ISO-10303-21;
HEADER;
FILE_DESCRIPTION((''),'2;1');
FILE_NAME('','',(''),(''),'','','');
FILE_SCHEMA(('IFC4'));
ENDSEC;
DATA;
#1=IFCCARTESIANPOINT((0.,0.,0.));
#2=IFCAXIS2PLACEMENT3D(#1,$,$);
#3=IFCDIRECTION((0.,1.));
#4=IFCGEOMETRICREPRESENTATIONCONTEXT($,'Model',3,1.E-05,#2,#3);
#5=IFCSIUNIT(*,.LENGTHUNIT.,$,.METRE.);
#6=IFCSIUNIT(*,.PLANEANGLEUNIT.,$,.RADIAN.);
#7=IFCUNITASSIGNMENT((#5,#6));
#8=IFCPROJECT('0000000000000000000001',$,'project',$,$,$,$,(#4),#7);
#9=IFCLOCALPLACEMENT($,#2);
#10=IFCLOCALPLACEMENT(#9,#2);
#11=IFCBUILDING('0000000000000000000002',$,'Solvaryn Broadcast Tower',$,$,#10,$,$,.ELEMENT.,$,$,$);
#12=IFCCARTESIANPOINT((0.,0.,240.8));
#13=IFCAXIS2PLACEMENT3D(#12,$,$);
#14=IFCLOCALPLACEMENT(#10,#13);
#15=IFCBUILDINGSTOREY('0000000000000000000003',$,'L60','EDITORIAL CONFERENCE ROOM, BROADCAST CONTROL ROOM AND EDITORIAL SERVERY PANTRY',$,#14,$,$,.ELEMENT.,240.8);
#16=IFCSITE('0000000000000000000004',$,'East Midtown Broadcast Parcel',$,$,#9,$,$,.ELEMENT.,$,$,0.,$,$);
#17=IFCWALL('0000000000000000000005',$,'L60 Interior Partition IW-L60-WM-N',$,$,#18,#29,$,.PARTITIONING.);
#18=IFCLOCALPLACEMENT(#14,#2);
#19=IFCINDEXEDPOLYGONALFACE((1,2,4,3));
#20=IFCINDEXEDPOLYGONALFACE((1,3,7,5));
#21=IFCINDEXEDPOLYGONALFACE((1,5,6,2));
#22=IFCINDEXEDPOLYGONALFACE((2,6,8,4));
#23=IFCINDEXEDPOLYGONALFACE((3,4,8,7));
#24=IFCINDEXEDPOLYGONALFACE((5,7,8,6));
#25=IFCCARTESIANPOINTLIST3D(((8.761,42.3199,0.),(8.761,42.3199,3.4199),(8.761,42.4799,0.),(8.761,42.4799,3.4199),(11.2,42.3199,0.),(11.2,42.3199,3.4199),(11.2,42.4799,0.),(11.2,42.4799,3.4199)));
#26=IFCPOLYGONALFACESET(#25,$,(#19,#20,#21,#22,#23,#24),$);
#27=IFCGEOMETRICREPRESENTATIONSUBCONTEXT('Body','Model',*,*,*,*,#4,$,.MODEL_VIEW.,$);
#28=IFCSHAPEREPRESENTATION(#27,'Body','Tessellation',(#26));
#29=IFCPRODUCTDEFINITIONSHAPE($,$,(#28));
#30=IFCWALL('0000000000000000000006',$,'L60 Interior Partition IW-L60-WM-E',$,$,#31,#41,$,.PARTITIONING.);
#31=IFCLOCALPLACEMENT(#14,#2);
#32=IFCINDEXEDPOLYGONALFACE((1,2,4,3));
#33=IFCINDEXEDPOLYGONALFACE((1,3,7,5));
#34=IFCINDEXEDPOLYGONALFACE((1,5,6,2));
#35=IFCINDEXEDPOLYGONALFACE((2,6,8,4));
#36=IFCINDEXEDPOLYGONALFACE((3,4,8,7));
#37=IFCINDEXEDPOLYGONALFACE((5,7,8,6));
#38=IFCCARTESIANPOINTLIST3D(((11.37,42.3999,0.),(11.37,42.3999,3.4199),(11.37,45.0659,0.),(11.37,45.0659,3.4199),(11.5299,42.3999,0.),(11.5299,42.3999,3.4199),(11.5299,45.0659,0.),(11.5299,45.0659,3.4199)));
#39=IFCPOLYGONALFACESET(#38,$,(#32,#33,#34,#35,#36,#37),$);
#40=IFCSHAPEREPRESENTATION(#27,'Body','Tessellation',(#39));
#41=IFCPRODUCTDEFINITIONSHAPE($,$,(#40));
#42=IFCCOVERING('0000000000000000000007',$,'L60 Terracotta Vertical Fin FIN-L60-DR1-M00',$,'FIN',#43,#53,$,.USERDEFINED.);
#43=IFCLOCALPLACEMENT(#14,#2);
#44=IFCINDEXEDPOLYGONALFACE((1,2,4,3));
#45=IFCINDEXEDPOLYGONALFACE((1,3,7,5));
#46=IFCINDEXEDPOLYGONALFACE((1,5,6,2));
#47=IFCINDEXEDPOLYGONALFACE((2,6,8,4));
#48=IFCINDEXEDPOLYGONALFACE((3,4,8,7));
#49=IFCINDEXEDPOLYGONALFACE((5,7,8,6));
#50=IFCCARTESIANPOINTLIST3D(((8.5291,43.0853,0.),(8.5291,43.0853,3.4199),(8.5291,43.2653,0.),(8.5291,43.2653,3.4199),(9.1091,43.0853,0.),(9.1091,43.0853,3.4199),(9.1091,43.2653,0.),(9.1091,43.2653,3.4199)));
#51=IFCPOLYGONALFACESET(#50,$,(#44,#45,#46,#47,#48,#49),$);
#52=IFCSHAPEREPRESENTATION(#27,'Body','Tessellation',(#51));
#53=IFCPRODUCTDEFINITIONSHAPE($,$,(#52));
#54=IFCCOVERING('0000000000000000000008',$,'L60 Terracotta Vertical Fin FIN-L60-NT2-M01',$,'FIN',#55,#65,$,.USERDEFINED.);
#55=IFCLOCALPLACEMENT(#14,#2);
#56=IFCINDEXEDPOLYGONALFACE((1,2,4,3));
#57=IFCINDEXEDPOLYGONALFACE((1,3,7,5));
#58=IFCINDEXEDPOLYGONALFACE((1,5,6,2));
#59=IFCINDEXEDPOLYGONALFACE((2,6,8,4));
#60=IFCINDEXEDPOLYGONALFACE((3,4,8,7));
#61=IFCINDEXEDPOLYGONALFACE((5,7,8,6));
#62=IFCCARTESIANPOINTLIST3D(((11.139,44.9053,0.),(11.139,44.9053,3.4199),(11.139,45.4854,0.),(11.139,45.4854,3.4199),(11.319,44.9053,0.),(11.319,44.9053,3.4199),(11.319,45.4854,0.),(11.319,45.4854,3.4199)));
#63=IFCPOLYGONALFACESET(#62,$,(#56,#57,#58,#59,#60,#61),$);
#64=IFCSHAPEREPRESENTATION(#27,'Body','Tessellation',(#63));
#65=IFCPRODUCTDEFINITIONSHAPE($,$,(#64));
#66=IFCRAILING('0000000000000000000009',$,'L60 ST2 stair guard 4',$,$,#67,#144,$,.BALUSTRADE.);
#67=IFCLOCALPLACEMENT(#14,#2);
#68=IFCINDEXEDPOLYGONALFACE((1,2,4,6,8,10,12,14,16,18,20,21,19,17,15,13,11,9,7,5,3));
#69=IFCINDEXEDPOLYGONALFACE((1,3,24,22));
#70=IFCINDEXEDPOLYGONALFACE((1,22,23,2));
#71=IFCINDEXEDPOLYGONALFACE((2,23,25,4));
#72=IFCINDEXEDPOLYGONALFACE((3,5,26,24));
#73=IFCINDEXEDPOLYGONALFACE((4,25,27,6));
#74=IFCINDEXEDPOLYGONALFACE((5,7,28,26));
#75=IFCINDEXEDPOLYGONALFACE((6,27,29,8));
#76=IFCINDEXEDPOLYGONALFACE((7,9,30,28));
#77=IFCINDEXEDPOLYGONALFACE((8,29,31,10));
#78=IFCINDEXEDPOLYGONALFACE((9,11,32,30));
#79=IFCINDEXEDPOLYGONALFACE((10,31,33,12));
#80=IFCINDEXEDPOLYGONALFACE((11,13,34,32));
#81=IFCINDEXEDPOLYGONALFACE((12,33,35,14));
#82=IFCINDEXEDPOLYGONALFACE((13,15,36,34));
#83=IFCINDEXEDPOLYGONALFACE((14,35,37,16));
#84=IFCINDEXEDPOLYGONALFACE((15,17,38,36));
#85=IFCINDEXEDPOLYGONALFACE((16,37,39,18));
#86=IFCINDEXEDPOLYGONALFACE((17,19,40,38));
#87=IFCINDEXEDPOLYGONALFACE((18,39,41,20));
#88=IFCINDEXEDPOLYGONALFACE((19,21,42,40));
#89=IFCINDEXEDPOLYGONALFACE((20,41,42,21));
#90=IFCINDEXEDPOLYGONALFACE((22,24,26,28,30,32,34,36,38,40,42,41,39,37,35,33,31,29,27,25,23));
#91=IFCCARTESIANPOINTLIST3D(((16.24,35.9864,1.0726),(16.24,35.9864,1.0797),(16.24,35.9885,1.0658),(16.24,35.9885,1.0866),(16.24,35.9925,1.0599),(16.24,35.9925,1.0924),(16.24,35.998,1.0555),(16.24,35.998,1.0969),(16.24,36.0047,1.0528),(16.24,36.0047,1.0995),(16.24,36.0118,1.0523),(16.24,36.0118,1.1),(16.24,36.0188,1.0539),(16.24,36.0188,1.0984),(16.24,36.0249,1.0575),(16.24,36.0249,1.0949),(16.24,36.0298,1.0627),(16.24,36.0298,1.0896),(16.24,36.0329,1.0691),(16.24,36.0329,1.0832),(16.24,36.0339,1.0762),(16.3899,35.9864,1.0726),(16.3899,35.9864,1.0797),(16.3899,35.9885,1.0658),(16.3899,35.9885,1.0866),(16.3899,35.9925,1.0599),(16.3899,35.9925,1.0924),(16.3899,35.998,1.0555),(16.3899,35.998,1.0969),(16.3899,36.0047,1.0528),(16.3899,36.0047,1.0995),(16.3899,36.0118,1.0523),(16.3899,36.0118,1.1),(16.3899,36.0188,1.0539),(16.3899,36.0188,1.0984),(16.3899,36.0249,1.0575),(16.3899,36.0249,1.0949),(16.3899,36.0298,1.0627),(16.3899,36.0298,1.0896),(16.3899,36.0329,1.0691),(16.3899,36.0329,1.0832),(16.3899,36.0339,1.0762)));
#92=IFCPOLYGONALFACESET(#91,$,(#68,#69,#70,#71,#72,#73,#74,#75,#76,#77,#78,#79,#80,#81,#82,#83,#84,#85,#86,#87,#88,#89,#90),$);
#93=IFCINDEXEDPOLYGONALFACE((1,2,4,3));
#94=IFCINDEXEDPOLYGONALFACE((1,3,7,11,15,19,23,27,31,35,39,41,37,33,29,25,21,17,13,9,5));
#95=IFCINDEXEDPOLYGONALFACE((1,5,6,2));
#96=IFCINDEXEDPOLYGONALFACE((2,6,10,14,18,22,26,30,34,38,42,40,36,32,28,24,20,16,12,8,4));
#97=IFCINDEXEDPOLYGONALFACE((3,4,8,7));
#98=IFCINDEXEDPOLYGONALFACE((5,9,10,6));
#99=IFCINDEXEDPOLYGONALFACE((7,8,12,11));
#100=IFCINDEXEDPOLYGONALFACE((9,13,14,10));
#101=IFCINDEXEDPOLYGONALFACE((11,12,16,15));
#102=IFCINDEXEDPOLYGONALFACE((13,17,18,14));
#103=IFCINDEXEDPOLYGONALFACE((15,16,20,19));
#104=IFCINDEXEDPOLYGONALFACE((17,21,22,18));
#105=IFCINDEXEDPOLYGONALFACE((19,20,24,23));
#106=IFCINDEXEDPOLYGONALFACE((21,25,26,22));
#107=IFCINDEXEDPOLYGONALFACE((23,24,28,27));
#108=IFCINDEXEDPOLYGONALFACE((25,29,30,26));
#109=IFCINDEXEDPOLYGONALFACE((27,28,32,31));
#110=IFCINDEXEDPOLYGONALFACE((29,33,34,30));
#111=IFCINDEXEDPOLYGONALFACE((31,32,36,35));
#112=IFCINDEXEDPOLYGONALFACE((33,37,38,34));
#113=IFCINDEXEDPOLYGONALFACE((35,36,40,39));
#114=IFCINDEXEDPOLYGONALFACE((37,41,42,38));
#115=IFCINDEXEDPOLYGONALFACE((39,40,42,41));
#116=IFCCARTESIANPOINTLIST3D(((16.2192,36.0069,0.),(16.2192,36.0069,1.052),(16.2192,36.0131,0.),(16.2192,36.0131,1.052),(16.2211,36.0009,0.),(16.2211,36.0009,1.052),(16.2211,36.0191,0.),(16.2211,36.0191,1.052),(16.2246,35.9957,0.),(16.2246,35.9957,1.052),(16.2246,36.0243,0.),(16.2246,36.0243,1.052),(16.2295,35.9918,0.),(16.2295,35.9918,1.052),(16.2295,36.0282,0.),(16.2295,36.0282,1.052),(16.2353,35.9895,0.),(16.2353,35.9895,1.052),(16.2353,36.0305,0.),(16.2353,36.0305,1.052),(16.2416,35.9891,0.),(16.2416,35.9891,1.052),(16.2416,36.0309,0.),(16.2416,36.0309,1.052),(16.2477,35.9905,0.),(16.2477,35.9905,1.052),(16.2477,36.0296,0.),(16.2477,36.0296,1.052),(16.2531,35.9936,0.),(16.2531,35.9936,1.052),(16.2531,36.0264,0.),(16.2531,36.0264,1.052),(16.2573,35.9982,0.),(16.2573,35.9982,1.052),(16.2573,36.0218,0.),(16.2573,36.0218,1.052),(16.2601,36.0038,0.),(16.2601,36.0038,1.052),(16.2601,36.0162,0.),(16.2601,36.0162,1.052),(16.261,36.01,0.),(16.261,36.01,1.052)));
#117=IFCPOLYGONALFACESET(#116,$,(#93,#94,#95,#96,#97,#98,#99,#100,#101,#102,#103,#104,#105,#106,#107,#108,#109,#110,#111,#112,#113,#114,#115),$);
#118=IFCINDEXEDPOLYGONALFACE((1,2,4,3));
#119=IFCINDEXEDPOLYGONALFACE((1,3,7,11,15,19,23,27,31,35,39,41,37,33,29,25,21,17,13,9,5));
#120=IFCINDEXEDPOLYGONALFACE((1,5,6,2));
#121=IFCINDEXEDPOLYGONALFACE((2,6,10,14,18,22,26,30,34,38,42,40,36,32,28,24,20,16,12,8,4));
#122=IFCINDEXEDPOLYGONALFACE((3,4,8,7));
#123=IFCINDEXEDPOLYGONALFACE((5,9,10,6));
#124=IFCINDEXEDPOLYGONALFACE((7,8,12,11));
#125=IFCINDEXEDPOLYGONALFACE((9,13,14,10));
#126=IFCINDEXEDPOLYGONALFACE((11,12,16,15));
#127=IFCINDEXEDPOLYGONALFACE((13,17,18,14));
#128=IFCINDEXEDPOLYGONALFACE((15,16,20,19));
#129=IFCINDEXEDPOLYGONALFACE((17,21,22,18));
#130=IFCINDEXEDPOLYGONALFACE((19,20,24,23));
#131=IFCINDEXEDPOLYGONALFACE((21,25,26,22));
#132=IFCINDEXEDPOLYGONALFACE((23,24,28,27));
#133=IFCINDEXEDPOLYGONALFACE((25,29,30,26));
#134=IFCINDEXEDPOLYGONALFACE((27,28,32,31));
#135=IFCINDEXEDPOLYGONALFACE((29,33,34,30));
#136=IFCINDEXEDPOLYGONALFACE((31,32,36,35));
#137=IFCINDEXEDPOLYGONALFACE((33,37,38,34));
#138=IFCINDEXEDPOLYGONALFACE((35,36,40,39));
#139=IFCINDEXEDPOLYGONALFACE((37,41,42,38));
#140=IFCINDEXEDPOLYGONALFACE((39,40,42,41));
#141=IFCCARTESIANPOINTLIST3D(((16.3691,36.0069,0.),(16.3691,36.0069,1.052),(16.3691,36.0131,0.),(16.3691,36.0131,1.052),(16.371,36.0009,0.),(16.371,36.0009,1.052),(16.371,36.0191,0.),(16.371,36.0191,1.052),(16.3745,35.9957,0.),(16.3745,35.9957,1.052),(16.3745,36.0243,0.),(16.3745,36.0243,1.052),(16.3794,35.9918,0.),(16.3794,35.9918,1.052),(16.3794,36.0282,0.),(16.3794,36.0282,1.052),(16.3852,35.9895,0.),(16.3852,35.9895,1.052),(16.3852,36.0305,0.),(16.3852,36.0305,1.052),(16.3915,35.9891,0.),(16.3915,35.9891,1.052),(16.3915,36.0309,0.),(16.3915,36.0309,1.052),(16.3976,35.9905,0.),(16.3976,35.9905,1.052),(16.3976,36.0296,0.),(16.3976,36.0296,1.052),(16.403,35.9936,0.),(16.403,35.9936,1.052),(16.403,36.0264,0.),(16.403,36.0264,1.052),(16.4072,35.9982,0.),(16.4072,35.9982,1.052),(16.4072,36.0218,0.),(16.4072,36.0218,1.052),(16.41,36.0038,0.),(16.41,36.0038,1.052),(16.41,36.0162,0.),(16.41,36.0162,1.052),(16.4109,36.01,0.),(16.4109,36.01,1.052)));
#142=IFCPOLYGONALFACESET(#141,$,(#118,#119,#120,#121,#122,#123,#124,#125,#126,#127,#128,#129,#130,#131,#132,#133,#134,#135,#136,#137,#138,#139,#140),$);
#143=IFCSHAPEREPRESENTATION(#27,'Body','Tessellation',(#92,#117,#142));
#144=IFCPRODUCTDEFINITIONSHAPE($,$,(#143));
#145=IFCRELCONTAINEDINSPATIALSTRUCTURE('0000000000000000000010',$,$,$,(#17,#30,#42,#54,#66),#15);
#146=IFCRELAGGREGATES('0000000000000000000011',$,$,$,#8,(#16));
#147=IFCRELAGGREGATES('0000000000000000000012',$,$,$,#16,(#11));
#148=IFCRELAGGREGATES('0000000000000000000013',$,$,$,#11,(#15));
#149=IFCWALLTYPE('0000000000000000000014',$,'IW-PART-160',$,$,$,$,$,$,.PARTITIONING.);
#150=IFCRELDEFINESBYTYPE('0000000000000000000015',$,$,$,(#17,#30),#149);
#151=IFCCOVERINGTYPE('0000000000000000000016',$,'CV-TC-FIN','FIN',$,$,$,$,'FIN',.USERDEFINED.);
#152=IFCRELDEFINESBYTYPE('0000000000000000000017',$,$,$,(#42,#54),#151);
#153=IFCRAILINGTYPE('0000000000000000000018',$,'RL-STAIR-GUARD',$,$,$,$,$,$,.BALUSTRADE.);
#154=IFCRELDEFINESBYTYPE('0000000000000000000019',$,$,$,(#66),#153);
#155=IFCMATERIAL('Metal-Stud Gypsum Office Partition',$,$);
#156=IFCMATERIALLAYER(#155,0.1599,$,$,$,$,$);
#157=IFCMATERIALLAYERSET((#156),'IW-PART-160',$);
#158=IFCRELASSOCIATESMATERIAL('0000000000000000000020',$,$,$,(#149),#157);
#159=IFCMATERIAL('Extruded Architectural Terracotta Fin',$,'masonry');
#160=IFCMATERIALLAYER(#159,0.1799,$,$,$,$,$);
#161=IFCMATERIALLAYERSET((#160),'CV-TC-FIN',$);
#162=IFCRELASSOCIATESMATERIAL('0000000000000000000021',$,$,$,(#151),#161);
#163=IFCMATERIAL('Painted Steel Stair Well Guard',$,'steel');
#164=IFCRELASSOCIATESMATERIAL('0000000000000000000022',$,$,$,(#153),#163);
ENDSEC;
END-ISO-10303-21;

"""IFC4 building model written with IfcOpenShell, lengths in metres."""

from ifc_helpers import new_model, si_unit, direction, frame, frame_2d, origin, origin_2d, place, context, subcontext, project, spatial, rectangle, circle, extrude, material, layer, layer_set, type_object, element, save


model = new_model("IFC4")

# Units and contexts
model_context = context("Model", 3, precision=1e-05, world=origin(), true_north=direction((0.0, 1.0)))
body_context = subcontext(model_context, "Body", "Model", "MODEL_VIEW")
ifc_project = project(units=[si_unit("LENGTHUNIT", "METRE"), si_unit("PLANEANGLEUNIT", "RADIAN")], contexts=[model_context])

# Site, building, storey
site_placement = place(None, origin())
site = spatial("IfcSite", under=ifc_project, at=site_placement, Name="East Midtown Broadcast Parcel", CompositionType="ELEMENT", RefElevation=0.0)
building_placement = place(site_placement, origin())
building = spatial("IfcBuilding", under=site, at=building_placement, Name="Solvaryn Broadcast Tower", CompositionType="ELEMENT")
storey_placement = place(building_placement, frame((0.0, 0.0, 240.8)))
storey = spatial("IfcBuildingStorey", under=building, at=storey_placement, Name="L60", Description="EDITORIAL CONFERENCE ROOM, BROADCAST CONTROL ROOM AND EDITORIAL SERVERY PANTRY", CompositionType="ELEMENT", Elevation=240.8)

# Walls
ifc_material_1 = material(Name="Metal-Stud Gypsum Office Partition")
ifc_layer_1 = layer(ifc_material_1, 0.1599)
ifc_layer_set_1 = layer_set([ifc_layer_1], Name="IW-PART-160")
wall_type_1 = type_object("IfcWallType", Name="IW-PART-160", PredefinedType="PARTITIONING", material=ifc_layer_set_1)
wall_1_placement = place(storey_placement, frame((8.761, 42.3999, 0.0), z_axis=(0.0, 0.0, 1.0), x_axis=(1.0, 0.0, 0.0)))
element("IfcWall", 1, at=wall_1_placement, inside=storey, type_object=wall_type_1, Name="L60 Interior Partition IW-L60-WM-N", PredefinedType="PARTITIONING", context=body_context, shape_type="SweptSolid", body=[
    extrude(rectangle(XDim=2.439, YDim=0.1599, at=frame_2d((1.2195, 0.0))), origin(), (0.0, 0.0, 1.0), 3.4199),
])
wall_2_placement = place(storey_placement, frame((11.45, 42.3999, 0.0), z_axis=(0.0, 0.0, 1.0), x_axis=(0.0, 1.0, 0.0)))
element("IfcWall", 2, at=wall_2_placement, inside=storey, type_object=wall_type_1, Name="L60 Interior Partition IW-L60-WM-E", PredefinedType="PARTITIONING", context=body_context, shape_type="SweptSolid", body=[
    extrude(rectangle(XDim=2.666, YDim=0.1599, at=frame_2d((1.333, 0.0))), origin(), (0.0, 0.0, 1.0), 3.4199),
])

# Coverings
ifc_material_2 = material(Name="Extruded Architectural Terracotta Fin", Category="masonry")
ifc_layer_2 = layer(ifc_material_2, 0.1799)
ifc_layer_set_2 = layer_set([ifc_layer_2], Name="CV-TC-FIN")
covering_type = type_object("IfcCoveringType", Name="CV-TC-FIN", Description="FIN", ElementType="FIN", PredefinedType="USERDEFINED", material=ifc_layer_set_2)
covering_1_placement = place(storey_placement, frame((8.8191, 43.1753, 0.0), z_axis=(0.0, 0.0, 1.0), x_axis=(1.0, 0.0, 0.0)))
element("IfcCovering", 3, at=covering_1_placement, inside=storey, type_object=covering_type, Name="L60 Terracotta Vertical Fin FIN-L60-DR1-M00", ObjectType="FIN", PredefinedType="USERDEFINED", context=body_context, shape_type="SweptSolid", body=[
    extrude(rectangle(XDim=0.5801, YDim=0.1799, at=origin_2d()), origin(), (0.0, 0.0, 1.0), 3.4199),
])
covering_2_placement = place(storey_placement, frame((11.229, 45.1953, 0.0), z_axis=(0.0, 0.0, 1.0), x_axis=(1.0, 0.0, 0.0)))
element("IfcCovering", 4, at=covering_2_placement, inside=storey, type_object=covering_type, Name="L60 Terracotta Vertical Fin FIN-L60-NT2-M01", ObjectType="FIN", PredefinedType="USERDEFINED", context=body_context, shape_type="SweptSolid", body=[
    extrude(rectangle(XDim=0.1799, YDim=0.5801, at=origin_2d()), origin(), (0.0, 0.0, 1.0), 3.4199),
])

# Railing
ifc_material_3 = material(Name="Painted Steel Stair Well Guard", Category="steel")
railing_type_1 = type_object("IfcRailingType", Name="RL-STAIR-GUARD", PredefinedType="BALUSTRADE", material=ifc_material_3)
railing_1_placement = place(storey_placement, frame((16.24, 36.01, 0.0)))
element("IfcRailing", 5, at=railing_1_placement, inside=storey, type_object=railing_type_1, Name="L60 ST2 stair guard 4", PredefinedType="BALUSTRADE", context=body_context, shape_type="SweptSolid", body=[
    extrude(circle(Radius=0.0239, at=origin_2d()), frame((0.0, 0.0, 1.0762), z_axis=(1.0, 0.0, 0.0), x_axis=(0.0, 1.0, 0.0)), (0.0, 0.0, 1.0), 0.1499),
    extrude(circle(Radius=0.021, at=origin_2d()), origin(), (0.0, 0.0, 1.0), 1.052),
    extrude(circle(Radius=0.021, at=origin_2d()), frame((0.1499, 0.0, 0.0)), (0.0, 0.0, 1.0), 1.052),
])

save(model, "model.ifc")
